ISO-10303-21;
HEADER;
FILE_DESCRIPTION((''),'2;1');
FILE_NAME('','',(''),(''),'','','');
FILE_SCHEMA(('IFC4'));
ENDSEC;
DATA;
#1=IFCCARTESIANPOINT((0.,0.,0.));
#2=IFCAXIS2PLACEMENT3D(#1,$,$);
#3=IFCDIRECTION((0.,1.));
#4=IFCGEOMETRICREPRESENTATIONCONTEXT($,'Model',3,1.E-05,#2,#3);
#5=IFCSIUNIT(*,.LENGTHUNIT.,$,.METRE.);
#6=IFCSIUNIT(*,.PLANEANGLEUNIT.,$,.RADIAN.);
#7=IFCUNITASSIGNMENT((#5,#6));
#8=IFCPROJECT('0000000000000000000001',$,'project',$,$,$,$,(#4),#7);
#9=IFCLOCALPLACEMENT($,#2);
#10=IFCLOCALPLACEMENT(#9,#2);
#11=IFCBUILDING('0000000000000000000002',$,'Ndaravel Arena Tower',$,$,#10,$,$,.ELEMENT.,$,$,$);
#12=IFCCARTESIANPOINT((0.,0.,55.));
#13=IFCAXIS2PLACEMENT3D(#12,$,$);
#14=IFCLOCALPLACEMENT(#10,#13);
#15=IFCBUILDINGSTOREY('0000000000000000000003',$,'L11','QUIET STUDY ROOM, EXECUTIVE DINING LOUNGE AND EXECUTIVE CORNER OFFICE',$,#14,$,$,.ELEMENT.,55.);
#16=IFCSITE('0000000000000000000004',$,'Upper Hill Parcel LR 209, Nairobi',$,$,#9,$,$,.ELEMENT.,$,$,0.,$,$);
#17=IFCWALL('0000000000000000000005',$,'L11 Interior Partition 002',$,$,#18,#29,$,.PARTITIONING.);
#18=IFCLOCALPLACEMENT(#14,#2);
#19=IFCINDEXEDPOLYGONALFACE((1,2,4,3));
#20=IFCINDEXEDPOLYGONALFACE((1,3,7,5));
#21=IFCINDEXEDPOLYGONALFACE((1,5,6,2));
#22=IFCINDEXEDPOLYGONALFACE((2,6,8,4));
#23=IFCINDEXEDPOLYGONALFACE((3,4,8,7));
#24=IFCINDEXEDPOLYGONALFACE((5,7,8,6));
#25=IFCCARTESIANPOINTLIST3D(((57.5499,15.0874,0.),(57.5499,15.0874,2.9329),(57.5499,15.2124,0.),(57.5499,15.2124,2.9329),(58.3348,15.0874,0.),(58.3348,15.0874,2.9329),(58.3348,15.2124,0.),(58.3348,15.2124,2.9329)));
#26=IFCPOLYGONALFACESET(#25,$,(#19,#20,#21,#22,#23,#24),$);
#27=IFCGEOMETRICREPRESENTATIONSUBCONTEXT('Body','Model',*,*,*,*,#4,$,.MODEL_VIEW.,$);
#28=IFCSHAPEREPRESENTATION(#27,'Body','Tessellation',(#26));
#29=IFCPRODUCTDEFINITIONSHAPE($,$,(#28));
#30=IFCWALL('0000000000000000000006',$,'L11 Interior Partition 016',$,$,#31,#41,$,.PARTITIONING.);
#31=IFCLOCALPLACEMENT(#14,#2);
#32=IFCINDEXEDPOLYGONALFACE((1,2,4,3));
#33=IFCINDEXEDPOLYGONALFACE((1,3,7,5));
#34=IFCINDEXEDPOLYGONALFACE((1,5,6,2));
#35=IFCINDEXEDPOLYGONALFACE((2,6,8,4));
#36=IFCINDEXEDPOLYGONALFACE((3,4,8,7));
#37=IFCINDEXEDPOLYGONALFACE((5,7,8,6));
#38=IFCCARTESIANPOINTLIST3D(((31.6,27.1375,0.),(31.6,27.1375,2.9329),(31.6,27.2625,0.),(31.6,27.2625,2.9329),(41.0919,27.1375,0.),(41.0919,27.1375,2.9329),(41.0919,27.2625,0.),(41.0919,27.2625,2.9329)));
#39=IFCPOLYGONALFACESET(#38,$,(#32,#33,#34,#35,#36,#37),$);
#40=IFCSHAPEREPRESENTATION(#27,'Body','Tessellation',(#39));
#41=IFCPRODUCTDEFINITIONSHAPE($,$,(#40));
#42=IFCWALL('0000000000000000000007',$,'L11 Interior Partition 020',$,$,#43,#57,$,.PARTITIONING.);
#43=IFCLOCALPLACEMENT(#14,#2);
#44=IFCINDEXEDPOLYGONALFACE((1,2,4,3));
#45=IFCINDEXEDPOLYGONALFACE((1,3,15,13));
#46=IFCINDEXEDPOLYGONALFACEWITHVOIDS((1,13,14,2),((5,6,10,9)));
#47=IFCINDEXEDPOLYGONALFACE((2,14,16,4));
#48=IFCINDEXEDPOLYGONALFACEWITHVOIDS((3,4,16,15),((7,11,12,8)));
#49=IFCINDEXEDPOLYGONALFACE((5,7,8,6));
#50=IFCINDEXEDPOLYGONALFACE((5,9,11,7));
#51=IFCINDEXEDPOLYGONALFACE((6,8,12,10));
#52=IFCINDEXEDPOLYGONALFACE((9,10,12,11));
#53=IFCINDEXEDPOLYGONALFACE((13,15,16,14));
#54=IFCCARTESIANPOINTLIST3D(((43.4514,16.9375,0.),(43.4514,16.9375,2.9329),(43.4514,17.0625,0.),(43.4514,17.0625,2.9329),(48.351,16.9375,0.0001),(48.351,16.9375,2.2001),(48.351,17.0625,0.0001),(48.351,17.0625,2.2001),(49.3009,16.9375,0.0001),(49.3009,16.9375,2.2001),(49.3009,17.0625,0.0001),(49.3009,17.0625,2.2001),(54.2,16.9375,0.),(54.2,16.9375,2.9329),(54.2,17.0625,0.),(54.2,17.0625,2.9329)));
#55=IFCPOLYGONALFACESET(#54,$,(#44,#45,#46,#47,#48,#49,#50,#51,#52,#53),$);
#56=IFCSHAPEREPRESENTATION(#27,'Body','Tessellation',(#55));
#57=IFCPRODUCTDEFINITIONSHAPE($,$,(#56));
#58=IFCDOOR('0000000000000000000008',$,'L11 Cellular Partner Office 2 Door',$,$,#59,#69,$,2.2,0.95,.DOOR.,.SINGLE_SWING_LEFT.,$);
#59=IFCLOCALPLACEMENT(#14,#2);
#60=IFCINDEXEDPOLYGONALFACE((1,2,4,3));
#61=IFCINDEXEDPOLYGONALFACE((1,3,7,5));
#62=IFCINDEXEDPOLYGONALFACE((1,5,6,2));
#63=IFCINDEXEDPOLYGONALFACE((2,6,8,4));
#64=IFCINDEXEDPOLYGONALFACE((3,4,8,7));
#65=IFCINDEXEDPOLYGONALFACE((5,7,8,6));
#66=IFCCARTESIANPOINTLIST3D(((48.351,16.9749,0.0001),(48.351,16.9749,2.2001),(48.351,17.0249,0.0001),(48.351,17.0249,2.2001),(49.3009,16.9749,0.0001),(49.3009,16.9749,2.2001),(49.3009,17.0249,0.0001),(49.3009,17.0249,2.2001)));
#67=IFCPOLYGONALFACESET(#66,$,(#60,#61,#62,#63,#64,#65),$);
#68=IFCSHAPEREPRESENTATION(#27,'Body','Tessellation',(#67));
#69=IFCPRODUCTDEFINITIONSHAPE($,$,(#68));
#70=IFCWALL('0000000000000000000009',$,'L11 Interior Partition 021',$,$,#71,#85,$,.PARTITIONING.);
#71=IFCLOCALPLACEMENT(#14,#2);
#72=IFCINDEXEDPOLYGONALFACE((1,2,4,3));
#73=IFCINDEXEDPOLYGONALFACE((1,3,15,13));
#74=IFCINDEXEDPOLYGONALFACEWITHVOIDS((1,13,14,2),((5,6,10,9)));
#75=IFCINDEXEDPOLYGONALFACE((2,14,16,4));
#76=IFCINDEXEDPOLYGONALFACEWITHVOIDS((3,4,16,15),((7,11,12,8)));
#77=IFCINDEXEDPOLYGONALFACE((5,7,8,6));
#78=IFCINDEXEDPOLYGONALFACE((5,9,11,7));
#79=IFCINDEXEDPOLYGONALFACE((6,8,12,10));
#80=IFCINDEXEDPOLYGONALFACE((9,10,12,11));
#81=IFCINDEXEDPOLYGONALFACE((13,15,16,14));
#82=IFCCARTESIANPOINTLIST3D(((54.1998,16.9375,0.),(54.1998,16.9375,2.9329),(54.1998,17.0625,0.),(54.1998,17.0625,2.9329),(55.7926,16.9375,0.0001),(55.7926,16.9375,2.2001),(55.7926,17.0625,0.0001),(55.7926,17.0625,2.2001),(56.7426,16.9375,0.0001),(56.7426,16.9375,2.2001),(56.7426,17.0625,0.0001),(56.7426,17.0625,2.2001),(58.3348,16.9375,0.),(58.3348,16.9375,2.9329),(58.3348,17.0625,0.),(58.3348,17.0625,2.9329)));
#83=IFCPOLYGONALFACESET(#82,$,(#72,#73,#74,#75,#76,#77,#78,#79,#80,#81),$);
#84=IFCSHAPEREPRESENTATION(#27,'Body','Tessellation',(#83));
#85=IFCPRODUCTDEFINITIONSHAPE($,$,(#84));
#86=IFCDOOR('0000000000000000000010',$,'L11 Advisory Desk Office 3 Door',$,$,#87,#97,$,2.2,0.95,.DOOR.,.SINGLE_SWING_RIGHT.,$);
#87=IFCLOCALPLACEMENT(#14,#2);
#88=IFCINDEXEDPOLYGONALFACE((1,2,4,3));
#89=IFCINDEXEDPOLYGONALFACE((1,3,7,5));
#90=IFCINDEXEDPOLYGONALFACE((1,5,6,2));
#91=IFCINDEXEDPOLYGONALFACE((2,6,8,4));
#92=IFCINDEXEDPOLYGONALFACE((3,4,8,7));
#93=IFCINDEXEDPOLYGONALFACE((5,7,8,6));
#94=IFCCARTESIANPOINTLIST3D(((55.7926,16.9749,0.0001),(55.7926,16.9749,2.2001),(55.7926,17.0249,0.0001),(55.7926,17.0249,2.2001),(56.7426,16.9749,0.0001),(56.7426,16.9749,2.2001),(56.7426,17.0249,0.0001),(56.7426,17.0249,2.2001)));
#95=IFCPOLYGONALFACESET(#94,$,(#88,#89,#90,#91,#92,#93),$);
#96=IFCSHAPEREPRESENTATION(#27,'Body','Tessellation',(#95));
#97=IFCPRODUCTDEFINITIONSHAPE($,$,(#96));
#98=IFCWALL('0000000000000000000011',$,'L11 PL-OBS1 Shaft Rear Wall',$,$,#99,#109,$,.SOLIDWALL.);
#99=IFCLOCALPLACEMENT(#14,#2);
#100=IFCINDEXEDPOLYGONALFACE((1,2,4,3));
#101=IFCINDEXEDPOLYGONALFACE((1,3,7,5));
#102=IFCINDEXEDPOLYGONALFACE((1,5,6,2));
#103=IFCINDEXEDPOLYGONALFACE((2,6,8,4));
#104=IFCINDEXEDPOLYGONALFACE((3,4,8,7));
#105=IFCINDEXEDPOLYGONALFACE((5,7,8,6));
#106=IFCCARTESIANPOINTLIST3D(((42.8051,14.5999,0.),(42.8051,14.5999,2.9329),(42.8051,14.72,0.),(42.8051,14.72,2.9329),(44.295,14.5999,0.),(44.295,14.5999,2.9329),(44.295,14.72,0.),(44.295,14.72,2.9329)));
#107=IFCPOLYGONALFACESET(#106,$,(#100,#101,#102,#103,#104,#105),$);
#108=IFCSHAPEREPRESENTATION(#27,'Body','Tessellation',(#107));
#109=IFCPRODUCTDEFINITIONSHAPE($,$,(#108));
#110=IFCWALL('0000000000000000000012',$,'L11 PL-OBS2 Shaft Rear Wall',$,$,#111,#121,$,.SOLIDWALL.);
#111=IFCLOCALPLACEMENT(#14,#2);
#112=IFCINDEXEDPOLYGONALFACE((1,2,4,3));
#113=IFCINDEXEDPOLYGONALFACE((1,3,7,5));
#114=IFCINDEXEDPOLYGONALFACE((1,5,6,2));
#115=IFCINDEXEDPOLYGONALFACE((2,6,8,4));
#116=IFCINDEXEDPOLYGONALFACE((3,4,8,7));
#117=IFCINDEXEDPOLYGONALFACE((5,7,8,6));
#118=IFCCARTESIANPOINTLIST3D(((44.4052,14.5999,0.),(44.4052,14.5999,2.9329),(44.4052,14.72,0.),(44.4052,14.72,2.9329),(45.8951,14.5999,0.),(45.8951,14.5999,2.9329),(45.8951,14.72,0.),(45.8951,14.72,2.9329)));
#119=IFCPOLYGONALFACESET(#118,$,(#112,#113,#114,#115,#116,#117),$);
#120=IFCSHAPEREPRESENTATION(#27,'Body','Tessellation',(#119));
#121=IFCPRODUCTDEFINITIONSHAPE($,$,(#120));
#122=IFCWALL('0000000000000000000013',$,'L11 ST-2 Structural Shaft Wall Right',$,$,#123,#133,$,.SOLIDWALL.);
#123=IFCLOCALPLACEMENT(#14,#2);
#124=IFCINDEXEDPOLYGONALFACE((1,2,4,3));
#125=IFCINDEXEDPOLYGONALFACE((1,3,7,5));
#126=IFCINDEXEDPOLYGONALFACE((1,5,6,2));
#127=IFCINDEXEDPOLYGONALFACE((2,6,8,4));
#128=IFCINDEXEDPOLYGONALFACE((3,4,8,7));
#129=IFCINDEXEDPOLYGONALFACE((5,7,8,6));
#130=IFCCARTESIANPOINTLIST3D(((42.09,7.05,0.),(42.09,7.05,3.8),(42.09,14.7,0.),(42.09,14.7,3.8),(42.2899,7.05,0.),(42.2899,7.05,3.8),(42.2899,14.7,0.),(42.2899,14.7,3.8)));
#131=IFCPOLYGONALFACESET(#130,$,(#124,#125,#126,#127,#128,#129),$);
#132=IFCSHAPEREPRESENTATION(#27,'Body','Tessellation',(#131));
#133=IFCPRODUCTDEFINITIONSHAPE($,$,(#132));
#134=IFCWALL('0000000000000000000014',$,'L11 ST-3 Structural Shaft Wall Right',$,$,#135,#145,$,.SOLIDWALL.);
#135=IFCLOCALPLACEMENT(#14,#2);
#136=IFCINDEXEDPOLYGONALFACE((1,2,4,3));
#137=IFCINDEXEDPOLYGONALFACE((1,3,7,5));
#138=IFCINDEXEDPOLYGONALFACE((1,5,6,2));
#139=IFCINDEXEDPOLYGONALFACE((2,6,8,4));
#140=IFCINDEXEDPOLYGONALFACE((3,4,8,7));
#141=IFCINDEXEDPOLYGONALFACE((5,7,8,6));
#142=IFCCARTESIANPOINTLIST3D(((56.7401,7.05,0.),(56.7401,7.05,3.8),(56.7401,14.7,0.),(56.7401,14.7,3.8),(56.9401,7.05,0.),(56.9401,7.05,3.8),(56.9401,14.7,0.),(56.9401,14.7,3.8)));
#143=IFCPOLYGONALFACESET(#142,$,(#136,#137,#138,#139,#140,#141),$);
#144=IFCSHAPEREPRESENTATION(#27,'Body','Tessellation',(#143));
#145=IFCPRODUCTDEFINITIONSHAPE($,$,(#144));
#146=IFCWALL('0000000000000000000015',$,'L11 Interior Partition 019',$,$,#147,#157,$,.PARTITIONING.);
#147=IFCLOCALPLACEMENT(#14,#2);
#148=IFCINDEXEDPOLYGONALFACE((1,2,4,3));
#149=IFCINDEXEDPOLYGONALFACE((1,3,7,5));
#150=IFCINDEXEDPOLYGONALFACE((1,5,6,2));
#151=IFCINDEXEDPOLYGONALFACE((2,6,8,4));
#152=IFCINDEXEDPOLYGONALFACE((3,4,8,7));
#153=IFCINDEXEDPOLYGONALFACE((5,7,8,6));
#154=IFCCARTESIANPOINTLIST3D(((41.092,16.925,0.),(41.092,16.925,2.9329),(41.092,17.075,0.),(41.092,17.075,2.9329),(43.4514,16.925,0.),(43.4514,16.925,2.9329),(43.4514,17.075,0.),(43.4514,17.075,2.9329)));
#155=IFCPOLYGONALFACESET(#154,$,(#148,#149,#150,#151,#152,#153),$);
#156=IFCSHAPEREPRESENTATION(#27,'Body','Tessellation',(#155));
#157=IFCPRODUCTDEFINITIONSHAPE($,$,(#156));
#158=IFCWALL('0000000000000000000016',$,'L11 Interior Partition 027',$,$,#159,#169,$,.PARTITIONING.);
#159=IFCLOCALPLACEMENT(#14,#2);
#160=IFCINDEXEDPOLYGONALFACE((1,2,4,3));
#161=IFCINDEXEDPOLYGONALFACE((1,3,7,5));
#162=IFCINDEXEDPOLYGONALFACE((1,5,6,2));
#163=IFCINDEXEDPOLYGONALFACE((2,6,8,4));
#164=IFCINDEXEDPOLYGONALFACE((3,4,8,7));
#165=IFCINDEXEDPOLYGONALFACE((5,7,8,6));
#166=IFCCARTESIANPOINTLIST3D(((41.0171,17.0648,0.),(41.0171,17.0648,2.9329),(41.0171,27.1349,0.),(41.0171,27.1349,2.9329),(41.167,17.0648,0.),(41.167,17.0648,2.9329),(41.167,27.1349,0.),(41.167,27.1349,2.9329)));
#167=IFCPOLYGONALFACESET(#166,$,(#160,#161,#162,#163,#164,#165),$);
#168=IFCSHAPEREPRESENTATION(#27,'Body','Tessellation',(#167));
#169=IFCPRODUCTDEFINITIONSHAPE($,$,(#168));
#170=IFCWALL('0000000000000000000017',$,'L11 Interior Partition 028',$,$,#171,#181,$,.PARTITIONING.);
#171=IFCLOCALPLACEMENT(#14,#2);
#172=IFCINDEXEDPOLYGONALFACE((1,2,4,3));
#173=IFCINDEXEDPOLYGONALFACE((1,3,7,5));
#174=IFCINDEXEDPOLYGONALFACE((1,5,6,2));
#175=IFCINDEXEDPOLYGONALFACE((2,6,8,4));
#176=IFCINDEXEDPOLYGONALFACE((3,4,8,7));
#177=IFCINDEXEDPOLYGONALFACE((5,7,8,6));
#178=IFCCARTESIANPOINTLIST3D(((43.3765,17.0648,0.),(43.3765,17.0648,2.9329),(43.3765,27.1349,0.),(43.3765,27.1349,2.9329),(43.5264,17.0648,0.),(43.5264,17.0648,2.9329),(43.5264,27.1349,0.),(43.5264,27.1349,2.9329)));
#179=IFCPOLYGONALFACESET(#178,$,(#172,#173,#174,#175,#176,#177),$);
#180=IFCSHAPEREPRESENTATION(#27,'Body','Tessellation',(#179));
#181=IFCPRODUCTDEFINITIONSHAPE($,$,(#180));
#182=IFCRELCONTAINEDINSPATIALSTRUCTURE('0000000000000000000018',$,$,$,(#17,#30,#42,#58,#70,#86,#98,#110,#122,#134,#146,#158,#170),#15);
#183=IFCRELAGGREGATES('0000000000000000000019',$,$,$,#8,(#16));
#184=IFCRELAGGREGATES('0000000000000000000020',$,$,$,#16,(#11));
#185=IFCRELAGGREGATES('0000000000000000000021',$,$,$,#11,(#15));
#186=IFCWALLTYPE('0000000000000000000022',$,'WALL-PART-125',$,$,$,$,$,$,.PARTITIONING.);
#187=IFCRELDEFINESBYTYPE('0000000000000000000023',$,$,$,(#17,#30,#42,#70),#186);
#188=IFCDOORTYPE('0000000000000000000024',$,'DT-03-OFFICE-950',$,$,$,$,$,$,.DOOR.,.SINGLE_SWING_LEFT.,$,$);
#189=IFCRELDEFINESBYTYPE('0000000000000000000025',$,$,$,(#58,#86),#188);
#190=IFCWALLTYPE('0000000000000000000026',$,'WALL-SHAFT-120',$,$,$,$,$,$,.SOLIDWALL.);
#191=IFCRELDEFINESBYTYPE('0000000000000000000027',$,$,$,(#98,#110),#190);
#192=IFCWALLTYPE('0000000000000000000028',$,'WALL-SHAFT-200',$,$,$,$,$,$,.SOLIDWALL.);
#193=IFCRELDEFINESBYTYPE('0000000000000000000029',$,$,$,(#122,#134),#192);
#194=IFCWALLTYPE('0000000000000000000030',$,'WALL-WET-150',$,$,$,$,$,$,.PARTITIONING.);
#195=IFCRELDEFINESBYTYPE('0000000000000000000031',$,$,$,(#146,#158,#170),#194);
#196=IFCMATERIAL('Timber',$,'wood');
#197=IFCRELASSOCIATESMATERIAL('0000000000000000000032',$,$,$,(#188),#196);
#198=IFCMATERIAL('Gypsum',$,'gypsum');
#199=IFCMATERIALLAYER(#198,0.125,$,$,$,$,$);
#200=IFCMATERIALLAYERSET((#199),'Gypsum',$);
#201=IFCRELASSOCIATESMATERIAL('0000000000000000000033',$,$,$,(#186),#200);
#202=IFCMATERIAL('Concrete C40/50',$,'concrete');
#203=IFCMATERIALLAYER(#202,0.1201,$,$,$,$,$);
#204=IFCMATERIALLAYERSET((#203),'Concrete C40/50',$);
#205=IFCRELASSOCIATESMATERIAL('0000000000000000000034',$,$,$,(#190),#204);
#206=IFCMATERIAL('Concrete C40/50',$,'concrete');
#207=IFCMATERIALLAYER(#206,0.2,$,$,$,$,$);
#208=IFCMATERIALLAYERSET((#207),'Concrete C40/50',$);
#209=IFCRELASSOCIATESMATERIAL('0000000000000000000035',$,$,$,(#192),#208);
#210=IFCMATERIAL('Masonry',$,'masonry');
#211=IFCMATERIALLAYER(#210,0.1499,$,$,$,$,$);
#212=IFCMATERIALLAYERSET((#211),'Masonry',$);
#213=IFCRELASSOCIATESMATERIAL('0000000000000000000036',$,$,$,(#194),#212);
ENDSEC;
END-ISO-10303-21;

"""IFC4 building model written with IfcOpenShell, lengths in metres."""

from ifc_helpers import new_model, si_unit, direction, frame, frame_2d, origin, place, context, subcontext, project, spatial, rectangle, extrude, material, layer, layer_set, type_object, element, fill, save


model = new_model("IFC4")

# Units and contexts
model_context = context("Model", 3, precision=1e-05, world=origin(), true_north=direction((0.0, 1.0)))
body_context = subcontext(model_context, "Body", "Model", "MODEL_VIEW")
ifc_project = project(units=[si_unit("LENGTHUNIT", "METRE"), si_unit("PLANEANGLEUNIT", "RADIAN")], contexts=[model_context])

# Site, building, storey
site_placement = place(None, origin())
site = spatial("IfcSite", under=ifc_project, at=site_placement, Name="Upper Hill Parcel LR 209, Nairobi", CompositionType="ELEMENT", RefElevation=0.0)
building_placement = place(site_placement, origin())
building = spatial("IfcBuilding", under=site, at=building_placement, Name="Ndaravel Arena Tower", CompositionType="ELEMENT")
storey_placement = place(building_placement, frame((0.0, 0.0, 55.0)))
storey = spatial("IfcBuildingStorey", under=building, at=storey_placement, Name="L11", Description="QUIET STUDY ROOM, EXECUTIVE DINING LOUNGE AND EXECUTIVE CORNER OFFICE", CompositionType="ELEMENT", Elevation=55.0)

# Shared definitions
ifc_material_1 = material(Name="Timber", Category="wood")
door_type_1 = type_object("IfcDoorType", Name="DT-03-OFFICE-950", OperationType="SINGLE_SWING_LEFT", PredefinedType="DOOR", material=ifc_material_1)

# Walls
ifc_material_2 = material(Name="Gypsum", Category="gypsum")
ifc_layer_1 = layer(ifc_material_2, 0.125)
ifc_layer_set_1 = layer_set([ifc_layer_1], Name="Gypsum")
wall_type_1 = type_object("IfcWallType", Name="WALL-PART-125", PredefinedType="PARTITIONING", material=ifc_layer_set_1)
wall_1_placement = place(storey_placement, frame((58.335, 15.1499, 0.0), z_axis=(0.0, 0.0, 1.0), x_axis=(-1.0, 0.0, 0.0)))
element("IfcWall", 1, at=wall_1_placement, inside=storey, type_object=wall_type_1, Name="L11 Interior Partition 002", PredefinedType="PARTITIONING", context=body_context, shape_type="SweptSolid", body=[
    extrude(rectangle(XDim=0.7849, YDim=0.125, at=frame_2d((0.3926, 0.0))), origin(), (0.0, 0.0, 1.0), 2.9329),
])
wall_2_placement = place(storey_placement, frame((41.092, 27.2, 0.0), z_axis=(0.0, 0.0, 1.0), x_axis=(-1.0, 0.0, 0.0)))
element("IfcWall", 2, at=wall_2_placement, inside=storey, type_object=wall_type_1, Name="L11 Interior Partition 016", PredefinedType="PARTITIONING", context=body_context, shape_type="SweptSolid", body=[
    extrude(rectangle(XDim=9.4919, YDim=0.125, at=frame_2d((4.7461, 0.0))), origin(), (0.0, 0.0, 1.0), 2.9329),
])

# Walls, openings, doors
wall_3_placement = place(storey_placement, frame((43.4514, 17.0, 0.0), z_axis=(0.0, 0.0, 1.0), x_axis=(1.0, 0.0, 0.0)))
wall_3 = element("IfcWall", 3, at=wall_3_placement, inside=storey, type_object=wall_type_1, Name="L11 Interior Partition 020", PredefinedType="PARTITIONING", context=body_context, shape_type="SweptSolid", body=[
    extrude(rectangle(XDim=10.7485, YDim=0.125, at=frame_2d((5.3743, 0.0))), origin(), (0.0, 0.0, 1.0), 2.9329),
])
opening_1_placement = place(wall_3_placement, frame((4.8994, 0.0, 0.0)))
opening_1 = element("IfcOpeningElement", 4, at=opening_1_placement, cuts=wall_3, PredefinedType="OPENING", context=body_context, shape_type="SweptSolid", body=[
    extrude(rectangle(XDim=0.95, YDim=2.2, at=frame_2d((0.4751, 1.1001))), frame((0.0, 0.0625, 0.0), z_axis=(0.0, -1.0, 0.0), x_axis=(1.0, 0.0, 0.0)), (0.0, 0.0, 1.0), 0.125),
])
door_1_placement = place(opening_1_placement, origin())
door_1 = element("IfcDoor", 5, at=door_1_placement, inside=storey, type_object=door_type_1, Name="L11 Cellular Partner Office 2 Door", OperationType="SINGLE_SWING_LEFT", OverallHeight=2.2, OverallWidth=0.95, PredefinedType="DOOR", context=body_context, shape_type="SweptSolid", body=[
    extrude(rectangle(XDim=0.95, YDim=2.2, at=frame_2d((0.4751, 1.1001))), frame((0.0, 0.0249, 0.0), z_axis=(0.0, -1.0, 0.0), x_axis=(1.0, 0.0, 0.0)), (0.0, 0.0, 1.0), 0.05),
])
fill(opening_1, door_1)
wall_4_placement = place(storey_placement, frame((54.2, 17.0, 0.0), z_axis=(0.0, 0.0, 1.0), x_axis=(1.0, 0.0, 0.0)))
wall_4 = element("IfcWall", 6, at=wall_4_placement, inside=storey, type_object=wall_type_1, Name="L11 Interior Partition 021", PredefinedType="PARTITIONING", context=body_context, shape_type="SweptSolid", body=[
    extrude(rectangle(XDim=4.135, YDim=0.125, at=frame_2d((2.0674, 0.0))), origin(), (0.0, 0.0, 1.0), 2.9329),
])
opening_2_placement = place(wall_4_placement, frame((1.5925, 0.0, 0.0)))
opening_2 = element("IfcOpeningElement", 7, at=opening_2_placement, cuts=wall_4, PredefinedType="OPENING", context=body_context, shape_type="SweptSolid", body=[
    extrude(rectangle(XDim=0.95, YDim=2.2, at=frame_2d((0.4751, 1.1001))), frame((0.0, 0.0625, 0.0), z_axis=(0.0, -1.0, 0.0), x_axis=(1.0, 0.0, 0.0)), (0.0, 0.0, 1.0), 0.125),
])
door_2_placement = place(opening_2_placement, origin())
door_2 = element("IfcDoor", 8, at=door_2_placement, inside=storey, type_object=door_type_1, Name="L11 Advisory Desk Office 3 Door", OperationType="SINGLE_SWING_RIGHT", OverallHeight=2.2, OverallWidth=0.95, PredefinedType="DOOR", context=body_context, shape_type="SweptSolid", body=[
    extrude(rectangle(XDim=0.95, YDim=2.2, at=frame_2d((0.4751, 1.1001))), frame((0.0, 0.0249, 0.0), z_axis=(0.0, -1.0, 0.0), x_axis=(1.0, 0.0, 0.0)), (0.0, 0.0, 1.0), 0.05),
])
fill(opening_2, door_2)

# Walls
ifc_material_3 = material(Name="Concrete C40/50", Category="concrete")
ifc_layer_2 = layer(ifc_material_3, 0.1201)
ifc_layer_set_2 = layer_set([ifc_layer_2], Name="Concrete C40/50")
wall_type_2 = type_object("IfcWallType", Name="WALL-SHAFT-120", PredefinedType="SOLIDWALL", material=ifc_layer_set_2)
for number, where, z_axis, x_axis, name in (
    (9, (42.8049, 14.6599, 0.0), (0.0, 0.0, 1.0), (1.0, 0.0, 0.0), "L11 PL-OBS1 Shaft Rear Wall"),
    (10, (44.405, 14.6599, 0.0), (0.0, 0.0, 1.0), (1.0, 0.0, 0.0), "L11 PL-OBS2 Shaft Rear Wall"),
):
    element("IfcWall", number, at=place(storey_placement, frame(where, z_axis=z_axis, x_axis=x_axis)), inside=storey, type_object=wall_type_2, Name=name, PredefinedType="SOLIDWALL", context=body_context, shape_type="SweptSolid", body=[
        extrude(rectangle(XDim=1.49, YDim=0.1201, at=frame_2d((0.7451, 0.0))), origin(), (0.0, 0.0, 1.0), 2.9329),
    ])
ifc_material_4 = material(Name="Concrete C40/50", Category="concrete")
ifc_layer_3 = layer(ifc_material_4, 0.2)
ifc_layer_set_3 = layer_set([ifc_layer_3], Name="Concrete C40/50")
wall_type_3 = type_object("IfcWallType", Name="WALL-SHAFT-200", PredefinedType="SOLIDWALL", material=ifc_layer_set_3)
for number, where, z_axis, x_axis, name in (
    (11, (42.1899, 14.7, 0.0), (0.0, 0.0, 1.0), (0.0, -1.0, 0.0), "L11 ST-2 Structural Shaft Wall Right"),
    (12, (56.8401, 14.7, 0.0), (0.0, 0.0, 1.0), (0.0, -1.0, 0.0), "L11 ST-3 Structural Shaft Wall Right"),
):
    element("IfcWall", number, at=place(storey_placement, frame(where, z_axis=z_axis, x_axis=x_axis)), inside=storey, type_object=wall_type_3, Name=name, PredefinedType="SOLIDWALL", context=body_context, shape_type="SweptSolid", body=[
        extrude(rectangle(XDim=7.6499, YDim=0.2, at=frame_2d((3.825, 0.0))), origin(), (0.0, 0.0, 1.0), 3.8),
    ])

# Shared definitions
ifc_material_5 = material(Name="Masonry", Category="masonry")
ifc_layer_4 = layer(ifc_material_5, 0.1499)
ifc_layer_set_4 = layer_set([ifc_layer_4], Name="Masonry")
wall_type_4 = type_object("IfcWallType", Name="WALL-WET-150", PredefinedType="PARTITIONING", material=ifc_layer_set_4)

# Walls
wall_5_placement = place(storey_placement, frame((41.092, 17.0, 0.0), z_axis=(0.0, 0.0, 1.0), x_axis=(1.0, 0.0, 0.0)))
element("IfcWall", 13, at=wall_5_placement, inside=storey, type_object=wall_type_4, Name="L11 Interior Partition 019", PredefinedType="PARTITIONING", context=body_context, shape_type="SweptSolid", body=[
    extrude(rectangle(XDim=2.3594, YDim=0.1499, at=frame_2d((1.1797, 0.0))), origin(), (0.0, 0.0, 1.0), 2.9329),
])
for number, where, z_axis, x_axis, name in (
    (14, (41.092, 27.135, 0.0), (0.0, 0.0, 1.0), (0.0, -1.0, 0.0), "L11 Interior Partition 027"),
    (15, (43.4514, 27.135, 0.0), (0.0, 0.0, 1.0), (0.0, -1.0, 0.0), "L11 Interior Partition 028"),
):
    element("IfcWall", number, at=place(storey_placement, frame(where, z_axis=z_axis, x_axis=x_axis)), inside=storey, type_object=wall_type_4, Name=name, PredefinedType="PARTITIONING", context=body_context, shape_type="SweptSolid", body=[
        extrude(rectangle(XDim=10.0701, YDim=0.1499, at=frame_2d((5.0352, 0.0))), origin(), (0.0, 0.0, 1.0), 2.9329),
    ])

save(model, "model.ifc")
